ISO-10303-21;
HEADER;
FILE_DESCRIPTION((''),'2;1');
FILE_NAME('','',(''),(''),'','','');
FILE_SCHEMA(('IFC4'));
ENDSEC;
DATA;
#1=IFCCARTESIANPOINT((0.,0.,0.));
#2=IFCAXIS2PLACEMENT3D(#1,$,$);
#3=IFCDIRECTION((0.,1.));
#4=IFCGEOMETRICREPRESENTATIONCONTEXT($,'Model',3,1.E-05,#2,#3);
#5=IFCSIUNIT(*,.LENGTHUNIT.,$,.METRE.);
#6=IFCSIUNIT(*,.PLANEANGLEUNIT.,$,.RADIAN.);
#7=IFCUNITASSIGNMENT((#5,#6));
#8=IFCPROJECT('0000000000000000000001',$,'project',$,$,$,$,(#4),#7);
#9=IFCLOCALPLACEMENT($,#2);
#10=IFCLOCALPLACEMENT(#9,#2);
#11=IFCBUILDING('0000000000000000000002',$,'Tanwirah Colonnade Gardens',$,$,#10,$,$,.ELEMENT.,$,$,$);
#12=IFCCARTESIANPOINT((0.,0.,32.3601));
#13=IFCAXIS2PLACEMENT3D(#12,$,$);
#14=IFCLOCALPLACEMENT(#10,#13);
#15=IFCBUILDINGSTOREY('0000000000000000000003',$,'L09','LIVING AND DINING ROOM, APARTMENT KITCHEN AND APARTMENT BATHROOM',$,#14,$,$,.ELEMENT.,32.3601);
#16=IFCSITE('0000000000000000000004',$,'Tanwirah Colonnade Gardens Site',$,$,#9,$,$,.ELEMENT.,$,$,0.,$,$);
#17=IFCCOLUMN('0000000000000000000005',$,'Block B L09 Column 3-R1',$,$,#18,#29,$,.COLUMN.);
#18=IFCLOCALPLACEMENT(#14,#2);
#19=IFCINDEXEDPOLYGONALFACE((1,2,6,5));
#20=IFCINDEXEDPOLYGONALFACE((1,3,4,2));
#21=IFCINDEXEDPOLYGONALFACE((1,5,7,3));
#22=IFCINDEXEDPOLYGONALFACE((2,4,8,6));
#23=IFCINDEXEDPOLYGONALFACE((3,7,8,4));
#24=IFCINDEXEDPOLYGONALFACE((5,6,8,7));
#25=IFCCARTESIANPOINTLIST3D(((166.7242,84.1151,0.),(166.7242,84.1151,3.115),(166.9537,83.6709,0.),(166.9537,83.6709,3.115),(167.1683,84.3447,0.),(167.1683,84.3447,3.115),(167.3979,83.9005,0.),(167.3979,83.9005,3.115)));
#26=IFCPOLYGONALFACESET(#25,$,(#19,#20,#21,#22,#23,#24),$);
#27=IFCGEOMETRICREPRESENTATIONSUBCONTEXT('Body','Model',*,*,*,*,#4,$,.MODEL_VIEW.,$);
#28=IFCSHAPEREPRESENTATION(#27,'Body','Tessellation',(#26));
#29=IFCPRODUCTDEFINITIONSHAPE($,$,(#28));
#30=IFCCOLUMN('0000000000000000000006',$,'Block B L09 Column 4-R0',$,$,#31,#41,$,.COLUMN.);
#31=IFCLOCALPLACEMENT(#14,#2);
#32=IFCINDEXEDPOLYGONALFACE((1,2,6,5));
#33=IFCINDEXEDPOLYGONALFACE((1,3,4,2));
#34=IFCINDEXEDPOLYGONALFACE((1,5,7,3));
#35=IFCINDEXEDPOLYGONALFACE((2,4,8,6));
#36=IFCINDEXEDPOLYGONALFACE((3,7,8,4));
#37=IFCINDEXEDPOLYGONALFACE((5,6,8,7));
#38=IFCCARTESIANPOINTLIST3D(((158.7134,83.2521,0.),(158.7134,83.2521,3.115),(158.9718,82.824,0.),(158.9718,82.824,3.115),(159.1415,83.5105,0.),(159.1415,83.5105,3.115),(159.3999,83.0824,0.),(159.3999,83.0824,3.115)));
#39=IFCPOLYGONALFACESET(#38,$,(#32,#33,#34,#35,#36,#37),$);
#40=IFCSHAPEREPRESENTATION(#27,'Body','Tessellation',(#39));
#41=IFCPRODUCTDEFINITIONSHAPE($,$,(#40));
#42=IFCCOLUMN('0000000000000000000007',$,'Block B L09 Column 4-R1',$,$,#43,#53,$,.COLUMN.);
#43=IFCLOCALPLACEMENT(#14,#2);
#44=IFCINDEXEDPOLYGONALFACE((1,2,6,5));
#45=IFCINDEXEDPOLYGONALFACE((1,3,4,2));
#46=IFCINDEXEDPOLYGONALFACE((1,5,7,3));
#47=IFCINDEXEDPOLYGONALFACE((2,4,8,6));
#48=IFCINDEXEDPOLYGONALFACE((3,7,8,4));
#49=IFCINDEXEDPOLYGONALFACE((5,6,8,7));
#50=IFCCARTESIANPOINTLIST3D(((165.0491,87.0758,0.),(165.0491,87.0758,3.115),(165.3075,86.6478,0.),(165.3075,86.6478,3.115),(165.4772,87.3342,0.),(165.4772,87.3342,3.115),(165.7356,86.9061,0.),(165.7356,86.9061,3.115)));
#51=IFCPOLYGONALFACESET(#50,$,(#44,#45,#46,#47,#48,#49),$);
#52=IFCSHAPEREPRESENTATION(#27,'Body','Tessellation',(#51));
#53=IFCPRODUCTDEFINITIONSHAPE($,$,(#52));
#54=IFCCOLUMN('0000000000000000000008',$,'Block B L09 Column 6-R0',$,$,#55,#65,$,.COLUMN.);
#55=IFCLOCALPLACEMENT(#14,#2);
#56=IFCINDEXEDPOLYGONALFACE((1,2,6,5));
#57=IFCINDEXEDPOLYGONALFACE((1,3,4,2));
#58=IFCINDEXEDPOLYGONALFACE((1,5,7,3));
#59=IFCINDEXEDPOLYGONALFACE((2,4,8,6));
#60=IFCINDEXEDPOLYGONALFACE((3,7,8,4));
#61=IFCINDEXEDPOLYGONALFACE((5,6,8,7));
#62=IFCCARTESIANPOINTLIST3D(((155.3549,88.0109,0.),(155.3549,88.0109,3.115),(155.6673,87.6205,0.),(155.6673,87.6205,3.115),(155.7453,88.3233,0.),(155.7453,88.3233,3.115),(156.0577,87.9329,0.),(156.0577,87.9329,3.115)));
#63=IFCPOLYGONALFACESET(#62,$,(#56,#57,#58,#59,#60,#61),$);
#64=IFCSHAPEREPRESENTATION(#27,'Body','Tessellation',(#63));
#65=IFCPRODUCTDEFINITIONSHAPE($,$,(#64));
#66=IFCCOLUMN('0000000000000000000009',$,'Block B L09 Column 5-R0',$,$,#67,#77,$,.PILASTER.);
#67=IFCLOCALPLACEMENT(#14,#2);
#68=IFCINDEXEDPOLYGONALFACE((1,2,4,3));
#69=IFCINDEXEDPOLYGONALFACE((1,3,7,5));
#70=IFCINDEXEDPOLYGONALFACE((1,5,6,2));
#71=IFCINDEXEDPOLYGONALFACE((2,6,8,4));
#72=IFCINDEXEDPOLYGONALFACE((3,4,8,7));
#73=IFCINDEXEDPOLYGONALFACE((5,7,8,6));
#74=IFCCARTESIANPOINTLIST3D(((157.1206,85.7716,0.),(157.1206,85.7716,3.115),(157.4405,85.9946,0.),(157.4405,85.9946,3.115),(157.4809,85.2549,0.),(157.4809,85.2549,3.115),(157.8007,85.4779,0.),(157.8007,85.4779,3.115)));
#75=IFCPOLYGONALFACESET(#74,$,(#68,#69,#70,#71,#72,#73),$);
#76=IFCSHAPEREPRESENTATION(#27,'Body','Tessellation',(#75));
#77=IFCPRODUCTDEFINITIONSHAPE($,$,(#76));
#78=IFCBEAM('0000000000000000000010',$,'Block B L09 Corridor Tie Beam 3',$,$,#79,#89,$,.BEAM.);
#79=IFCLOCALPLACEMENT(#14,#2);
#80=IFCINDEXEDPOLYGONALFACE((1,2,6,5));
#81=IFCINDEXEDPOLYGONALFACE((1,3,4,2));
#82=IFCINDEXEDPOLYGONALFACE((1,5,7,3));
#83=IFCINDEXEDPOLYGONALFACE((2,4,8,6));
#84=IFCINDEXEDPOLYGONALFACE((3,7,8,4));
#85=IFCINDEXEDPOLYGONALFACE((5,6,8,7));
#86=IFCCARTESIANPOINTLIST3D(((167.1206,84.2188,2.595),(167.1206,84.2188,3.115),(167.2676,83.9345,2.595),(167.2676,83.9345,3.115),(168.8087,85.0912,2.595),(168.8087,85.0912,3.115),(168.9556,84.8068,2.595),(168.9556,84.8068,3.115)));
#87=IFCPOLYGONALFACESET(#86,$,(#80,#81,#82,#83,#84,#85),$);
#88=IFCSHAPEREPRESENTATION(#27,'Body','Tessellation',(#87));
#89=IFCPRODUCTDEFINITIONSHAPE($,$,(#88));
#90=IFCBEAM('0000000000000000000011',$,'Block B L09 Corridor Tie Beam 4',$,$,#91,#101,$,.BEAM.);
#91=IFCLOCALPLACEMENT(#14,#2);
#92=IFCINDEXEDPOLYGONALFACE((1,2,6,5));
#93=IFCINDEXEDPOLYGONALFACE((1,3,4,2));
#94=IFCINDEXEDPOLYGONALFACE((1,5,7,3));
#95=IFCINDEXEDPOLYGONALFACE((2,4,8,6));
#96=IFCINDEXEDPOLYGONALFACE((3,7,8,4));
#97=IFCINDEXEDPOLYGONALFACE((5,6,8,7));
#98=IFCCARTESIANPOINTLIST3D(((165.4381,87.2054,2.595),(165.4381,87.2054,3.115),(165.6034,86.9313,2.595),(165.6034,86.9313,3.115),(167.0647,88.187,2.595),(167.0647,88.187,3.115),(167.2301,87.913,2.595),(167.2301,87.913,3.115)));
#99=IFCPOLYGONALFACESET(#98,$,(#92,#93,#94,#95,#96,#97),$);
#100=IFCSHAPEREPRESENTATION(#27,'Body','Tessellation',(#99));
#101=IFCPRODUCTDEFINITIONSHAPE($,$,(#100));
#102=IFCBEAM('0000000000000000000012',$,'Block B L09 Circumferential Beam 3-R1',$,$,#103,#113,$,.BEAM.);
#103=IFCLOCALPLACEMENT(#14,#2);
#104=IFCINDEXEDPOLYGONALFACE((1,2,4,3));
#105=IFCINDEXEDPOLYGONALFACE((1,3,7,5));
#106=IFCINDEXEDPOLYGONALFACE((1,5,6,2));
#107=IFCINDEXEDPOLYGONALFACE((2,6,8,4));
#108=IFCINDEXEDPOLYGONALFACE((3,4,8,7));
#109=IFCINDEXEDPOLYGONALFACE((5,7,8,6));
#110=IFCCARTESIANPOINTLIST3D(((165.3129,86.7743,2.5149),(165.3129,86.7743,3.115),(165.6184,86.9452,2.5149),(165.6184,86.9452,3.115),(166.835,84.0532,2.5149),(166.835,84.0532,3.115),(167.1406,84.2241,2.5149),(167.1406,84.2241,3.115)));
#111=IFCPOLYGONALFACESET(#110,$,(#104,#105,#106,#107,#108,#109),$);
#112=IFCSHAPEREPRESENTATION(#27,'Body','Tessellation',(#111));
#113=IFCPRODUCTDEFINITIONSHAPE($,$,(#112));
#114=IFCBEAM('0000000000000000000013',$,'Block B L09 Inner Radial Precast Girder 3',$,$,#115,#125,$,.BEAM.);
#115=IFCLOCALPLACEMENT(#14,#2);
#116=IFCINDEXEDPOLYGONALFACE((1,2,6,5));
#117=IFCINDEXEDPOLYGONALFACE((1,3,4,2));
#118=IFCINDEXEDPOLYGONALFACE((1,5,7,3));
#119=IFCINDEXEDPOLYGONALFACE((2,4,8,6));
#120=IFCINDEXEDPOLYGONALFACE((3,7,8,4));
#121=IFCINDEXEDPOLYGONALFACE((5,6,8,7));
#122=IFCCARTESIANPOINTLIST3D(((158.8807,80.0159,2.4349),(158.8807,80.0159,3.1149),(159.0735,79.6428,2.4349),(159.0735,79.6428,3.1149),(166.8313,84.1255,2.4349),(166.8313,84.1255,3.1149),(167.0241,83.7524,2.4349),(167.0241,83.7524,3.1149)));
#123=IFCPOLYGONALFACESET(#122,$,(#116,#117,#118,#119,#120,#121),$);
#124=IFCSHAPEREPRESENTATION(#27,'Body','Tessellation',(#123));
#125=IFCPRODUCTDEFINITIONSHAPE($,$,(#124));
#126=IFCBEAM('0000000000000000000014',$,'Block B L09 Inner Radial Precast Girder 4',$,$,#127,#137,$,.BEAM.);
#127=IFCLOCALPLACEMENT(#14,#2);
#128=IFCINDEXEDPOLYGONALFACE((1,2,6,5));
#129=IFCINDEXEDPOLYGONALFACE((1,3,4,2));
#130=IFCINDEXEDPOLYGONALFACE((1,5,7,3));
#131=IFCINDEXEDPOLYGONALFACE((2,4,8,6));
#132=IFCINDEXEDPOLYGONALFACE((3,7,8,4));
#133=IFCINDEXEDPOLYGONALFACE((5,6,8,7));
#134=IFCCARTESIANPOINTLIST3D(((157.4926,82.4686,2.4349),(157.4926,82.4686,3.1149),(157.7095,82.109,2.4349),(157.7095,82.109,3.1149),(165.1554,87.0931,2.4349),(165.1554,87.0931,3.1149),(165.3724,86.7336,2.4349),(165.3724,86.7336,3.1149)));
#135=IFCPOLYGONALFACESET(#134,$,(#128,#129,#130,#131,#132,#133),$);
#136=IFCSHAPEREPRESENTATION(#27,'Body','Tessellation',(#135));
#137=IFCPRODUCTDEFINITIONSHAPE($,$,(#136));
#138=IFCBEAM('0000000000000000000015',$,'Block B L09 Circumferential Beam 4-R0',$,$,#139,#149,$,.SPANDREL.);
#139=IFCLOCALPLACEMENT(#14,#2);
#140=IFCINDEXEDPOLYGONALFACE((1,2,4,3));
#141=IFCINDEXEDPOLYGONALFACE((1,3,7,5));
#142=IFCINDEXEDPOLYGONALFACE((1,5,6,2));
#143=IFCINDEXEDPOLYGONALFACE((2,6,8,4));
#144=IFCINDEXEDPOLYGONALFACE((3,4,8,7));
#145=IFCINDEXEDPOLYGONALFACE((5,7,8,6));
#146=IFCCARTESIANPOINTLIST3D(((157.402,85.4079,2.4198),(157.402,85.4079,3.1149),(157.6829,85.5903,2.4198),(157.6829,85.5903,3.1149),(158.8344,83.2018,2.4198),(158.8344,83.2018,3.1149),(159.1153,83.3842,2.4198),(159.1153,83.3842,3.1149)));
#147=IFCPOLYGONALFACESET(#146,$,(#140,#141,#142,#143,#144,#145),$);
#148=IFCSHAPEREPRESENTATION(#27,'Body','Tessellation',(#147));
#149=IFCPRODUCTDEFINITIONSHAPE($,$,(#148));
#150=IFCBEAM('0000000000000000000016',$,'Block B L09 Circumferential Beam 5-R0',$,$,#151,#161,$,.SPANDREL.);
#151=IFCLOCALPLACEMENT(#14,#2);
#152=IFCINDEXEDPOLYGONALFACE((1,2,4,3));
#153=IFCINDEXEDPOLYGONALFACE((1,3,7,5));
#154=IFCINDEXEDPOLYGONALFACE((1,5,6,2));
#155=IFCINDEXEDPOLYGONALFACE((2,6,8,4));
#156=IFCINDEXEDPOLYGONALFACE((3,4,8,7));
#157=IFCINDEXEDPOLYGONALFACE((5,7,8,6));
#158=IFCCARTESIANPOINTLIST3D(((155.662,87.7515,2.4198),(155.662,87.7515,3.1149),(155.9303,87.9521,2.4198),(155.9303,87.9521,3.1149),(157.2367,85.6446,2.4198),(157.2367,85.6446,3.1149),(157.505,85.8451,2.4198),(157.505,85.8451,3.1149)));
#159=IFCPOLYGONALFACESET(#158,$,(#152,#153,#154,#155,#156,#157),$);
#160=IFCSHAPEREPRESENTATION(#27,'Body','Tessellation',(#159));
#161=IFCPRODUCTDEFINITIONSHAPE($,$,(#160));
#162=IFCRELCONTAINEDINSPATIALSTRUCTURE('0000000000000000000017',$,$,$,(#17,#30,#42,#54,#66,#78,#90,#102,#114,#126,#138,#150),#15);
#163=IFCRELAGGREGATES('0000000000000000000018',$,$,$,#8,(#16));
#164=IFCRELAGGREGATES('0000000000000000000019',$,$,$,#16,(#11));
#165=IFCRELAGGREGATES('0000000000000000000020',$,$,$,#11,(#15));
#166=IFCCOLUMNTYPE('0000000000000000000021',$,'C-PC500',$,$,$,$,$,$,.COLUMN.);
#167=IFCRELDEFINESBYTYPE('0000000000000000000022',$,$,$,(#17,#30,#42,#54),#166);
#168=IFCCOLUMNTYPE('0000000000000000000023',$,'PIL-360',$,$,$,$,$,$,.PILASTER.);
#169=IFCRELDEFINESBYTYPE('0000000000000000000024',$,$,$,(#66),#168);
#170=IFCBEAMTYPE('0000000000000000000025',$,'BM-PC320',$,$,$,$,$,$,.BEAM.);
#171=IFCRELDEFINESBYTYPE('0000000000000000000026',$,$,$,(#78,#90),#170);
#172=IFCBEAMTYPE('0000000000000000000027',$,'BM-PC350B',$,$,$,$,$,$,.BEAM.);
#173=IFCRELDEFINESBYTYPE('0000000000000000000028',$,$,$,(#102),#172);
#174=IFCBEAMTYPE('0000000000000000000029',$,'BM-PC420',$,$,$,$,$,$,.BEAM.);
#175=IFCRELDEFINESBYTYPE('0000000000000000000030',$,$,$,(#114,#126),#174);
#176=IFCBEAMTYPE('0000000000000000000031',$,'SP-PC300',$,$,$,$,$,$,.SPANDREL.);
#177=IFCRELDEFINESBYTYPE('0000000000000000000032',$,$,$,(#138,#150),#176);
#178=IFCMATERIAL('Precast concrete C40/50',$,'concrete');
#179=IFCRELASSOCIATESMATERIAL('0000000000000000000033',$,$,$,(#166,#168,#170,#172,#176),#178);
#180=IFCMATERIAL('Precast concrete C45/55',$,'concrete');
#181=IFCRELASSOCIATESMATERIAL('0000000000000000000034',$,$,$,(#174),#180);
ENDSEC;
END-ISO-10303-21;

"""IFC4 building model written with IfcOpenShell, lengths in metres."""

from ifc_helpers import new_model, si_unit, direction, frame, origin, origin_2d, place, context, subcontext, project, spatial, rectangle, extrude, material, material_profile, profile_set, type_object, element, save


model = new_model("IFC4")

# Units and contexts
model_context = context("Model", 3, precision=1e-05, world=origin(), true_north=direction((0.0, 1.0)))
body_context = subcontext(model_context, "Body", "Model", "MODEL_VIEW")
ifc_project = project(units=[si_unit("LENGTHUNIT", "METRE"), si_unit("PLANEANGLEUNIT", "RADIAN")], contexts=[model_context])

# Site, building, storey
site_placement = place(None, origin())
site = spatial("IfcSite", under=ifc_project, at=site_placement, Name="Tanwirah Colonnade Gardens Site", CompositionType="ELEMENT", RefElevation=0.0)
building_placement = place(site_placement, origin())
building = spatial("IfcBuilding", under=site, at=building_placement, Name="Tanwirah Colonnade Gardens", CompositionType="ELEMENT")
storey_placement = place(building_placement, frame((0.0, 0.0, 32.3601)))
storey = spatial("IfcBuildingStorey", under=building, at=storey_placement, Name="L09", Description="LIVING AND DINING ROOM, APARTMENT KITCHEN AND APARTMENT BATHROOM", CompositionType="ELEMENT", Elevation=32.3601)

# Columns
ifc_material_1 = material(Name="Precast concrete C40/50", Category="concrete")
ifc_material_profile_1 = material_profile(ifc_material_1, rectangle(XDim=0.5, YDim=0.5, at=origin_2d()), Name="PC-COL 500x500")
ifc_profile_set_1 = profile_set([ifc_material_profile_1], Name="Precast concrete C40/50")
column_type_1 = type_object("IfcColumnType", Name="C-PC500", PredefinedType="COLUMN", material=ifc_profile_set_1)
for number, where, z_axis, x_axis, name in (
    (1, (167.061, 84.0078, 0.0), (0.0, 0.0, 1.0), (0.88835, 0.459166, 0.0), "Block B L09 Column 3-R1"),
    (2, (159.0566, 83.1672, 0.0), (0.0, 0.0, 1.0), (0.856167, 0.516699, 0.0), "Block B L09 Column 4-R0"),
    (3, (165.3923, 86.991, 0.0), (0.0, 0.0, 1.0), (0.856167, 0.516699, 0.0), "Block B L09 Column 4-R1"),
    (4, (155.7063, 87.9719, 0.0), (0.0, 0.0, 1.0), (0.780794, 0.624789, 0.0), "Block B L09 Column 6-R0"),
):
    element("IfcColumn", number, at=place(storey_placement, frame(where, z_axis=z_axis, x_axis=x_axis)), inside=storey, type_object=column_type_1, Name=name, PredefinedType="COLUMN", context=body_context, shape_type="SweptSolid", body=[
        extrude(rectangle(XDim=0.5, YDim=0.5, at=origin_2d()), origin(), (0.0, 0.0, 1.0), 3.115),
    ])
ifc_material_profile_2 = material_profile(ifc_material_1, rectangle(XDim=0.3899, YDim=0.6299, at=origin_2d()), Name="PC-PIL 390x630")
ifc_profile_set_2 = profile_set([ifc_material_profile_2], Name="Precast concrete C40/50")
column_type_2 = type_object("IfcColumnType", Name="PIL-360", PredefinedType="PILASTER", material=ifc_profile_set_2)
column_placement = place(storey_placement, frame((157.4607, 85.6248, 0.0), z_axis=(0.0, 0.0, 1.0), x_axis=(0.820263, 0.571987, 0.0)))
element("IfcColumn", 5, at=column_placement, inside=storey, type_object=column_type_2, Name="Block B L09 Column 5-R0", PredefinedType="PILASTER", context=body_context, shape_type="SweptSolid", body=[
    extrude(rectangle(XDim=0.3899, YDim=0.6299, at=origin_2d()), origin(), (0.0, 0.0, 1.0), 3.115),
])

# Beams
ifc_material_profile_3 = material_profile(ifc_material_1, rectangle(XDim=0.3201, YDim=0.52, at=origin_2d()), Name="PC-BM 320x520")
ifc_profile_set_3 = profile_set([ifc_material_profile_3], Name="Precast concrete C40/50")
beam_type_1 = type_object("IfcBeamType", Name="BM-PC320", PredefinedType="BEAM", material=ifc_profile_set_3)
beam_1_placement = place(storey_placement, frame((167.1941, 84.0767, 2.855), z_axis=(0.888386, 0.459098, 0.0), x_axis=(-0.459098, 0.888386, 0.0)))
element("IfcBeam", 6, at=beam_1_placement, inside=storey, type_object=beam_type_1, Name="Block B L09 Corridor Tie Beam 3", PredefinedType="BEAM", context=body_context, shape_type="SweptSolid", body=[
    extrude(rectangle(XDim=0.3201, YDim=0.52, at=origin_2d()), origin(), (0.0, 0.0, 1.0), 1.9001),
])
beam_2_placement = place(storey_placement, frame((165.5208, 87.0684, 2.855), z_axis=(0.856175, 0.516686, 0.0), x_axis=(-0.516686, 0.856175, 0.0)))
element("IfcBeam", 7, at=beam_2_placement, inside=storey, type_object=beam_type_1, Name="Block B L09 Corridor Tie Beam 4", PredefinedType="BEAM", context=body_context, shape_type="SweptSolid", body=[
    extrude(rectangle(XDim=0.3201, YDim=0.52, at=origin_2d()), origin(), (0.0, 0.0, 1.0), 1.8999),
])
ifc_material_profile_4 = material_profile(ifc_material_1, rectangle(XDim=0.3501, YDim=0.6001, at=origin_2d()), Name="PC-BM 350x600")
ifc_profile_set_4 = profile_set([ifc_material_profile_4], Name="Precast concrete C40/50")
beam_type_2 = type_object("IfcBeamType", Name="BM-PC350B", PredefinedType="BEAM", material=ifc_profile_set_4)
beam_3_placement = place(storey_placement, frame((166.9878, 84.1387, 2.8149), z_axis=(-0.4882, 0.872732, 0.0), x_axis=(-0.872732, -0.4882, 0.0)))
element("IfcBeam", 8, at=beam_3_placement, inside=storey, type_object=beam_type_2, Name="Block B L09 Circumferential Beam 3-R1", PredefinedType="BEAM", context=body_context, shape_type="SweptSolid", body=[
    extrude(rectangle(XDim=0.3501, YDim=0.6001, at=origin_2d()), origin(), (0.0, 0.0, 1.0), 3.1179),
])
ifc_material_2 = material(Name="Precast concrete C45/55", Category="concrete")
ifc_material_profile_5 = material_profile(ifc_material_2, rectangle(XDim=0.4199, YDim=0.6799, at=origin_2d()), Name="PC-BM 420x680")
ifc_profile_set_5 = profile_set([ifc_material_profile_5], Name="Precast concrete C45/55")
beam_type_3 = type_object("IfcBeamType", Name="BM-PC420", PredefinedType="BEAM", material=ifc_profile_set_5)
beam_4_placement = place(storey_placement, frame((166.9277, 83.939, 2.7749), z_axis=(-0.888345, -0.459176, 0.0), x_axis=(0.459176, -0.888345, 0.0)))
element("IfcBeam", 9, at=beam_4_placement, inside=storey, type_object=beam_type_3, Name="Block B L09 Inner Radial Precast Girder 3", PredefinedType="BEAM", context=body_context, shape_type="SweptSolid", body=[
    extrude(rectangle(XDim=0.4199, YDim=0.6799, at=origin_2d()), origin(), (0.0, 0.0, 1.0), 8.95),
])
beam_5_placement = place(storey_placement, frame((165.2639, 86.9133, 2.7749), z_axis=(-0.856169, -0.516696, 0.0), x_axis=(0.516696, -0.856169, 0.0)))
element("IfcBeam", 10, at=beam_5_placement, inside=storey, type_object=beam_type_3, Name="Block B L09 Inner Radial Precast Girder 4", PredefinedType="BEAM", context=body_context, shape_type="SweptSolid", body=[
    extrude(rectangle(XDim=0.4199, YDim=0.6799, at=origin_2d()), origin(), (0.0, 0.0, 1.0), 8.9502),
])
ifc_material_profile_6 = material_profile(ifc_material_1, rectangle(XDim=0.335, YDim=0.6951, at=origin_2d()), Name="PC-SP 335x695")
ifc_profile_set_6 = profile_set([ifc_material_profile_6], Name="Precast concrete C40/50")
beam_type_4 = type_object("IfcBeamType", Name="SP-PC300", PredefinedType="SPANDREL", material=ifc_profile_set_6)
for number, where, z_axis, x_axis, name in (
    (11, (158.9749, 83.293, 2.7673), (-0.544571, 0.838715, 0.0), (-0.838715, -0.544571, 0.0), "Block B L09 Circumferential Beam 4-R0"),
    (12, (157.3708, 85.7449, 2.7673), (-0.598663, 0.801001, 0.0), (-0.801001, -0.598663, 0.0), "Block B L09 Circumferential Beam 5-R0"),
):
    element("IfcBeam", number, at=place(storey_placement, frame(where, z_axis=z_axis, x_axis=x_axis)), inside=storey, type_object=beam_type_4, Name=name, PredefinedType="SPANDREL", context=body_context, shape_type="SweptSolid", body=[
        extrude(rectangle(XDim=0.335, YDim=0.6951, at=origin_2d()), origin(), (0.0, 0.0, 1.0), 2.6304),
    ])

save(model, "model.ifc")
